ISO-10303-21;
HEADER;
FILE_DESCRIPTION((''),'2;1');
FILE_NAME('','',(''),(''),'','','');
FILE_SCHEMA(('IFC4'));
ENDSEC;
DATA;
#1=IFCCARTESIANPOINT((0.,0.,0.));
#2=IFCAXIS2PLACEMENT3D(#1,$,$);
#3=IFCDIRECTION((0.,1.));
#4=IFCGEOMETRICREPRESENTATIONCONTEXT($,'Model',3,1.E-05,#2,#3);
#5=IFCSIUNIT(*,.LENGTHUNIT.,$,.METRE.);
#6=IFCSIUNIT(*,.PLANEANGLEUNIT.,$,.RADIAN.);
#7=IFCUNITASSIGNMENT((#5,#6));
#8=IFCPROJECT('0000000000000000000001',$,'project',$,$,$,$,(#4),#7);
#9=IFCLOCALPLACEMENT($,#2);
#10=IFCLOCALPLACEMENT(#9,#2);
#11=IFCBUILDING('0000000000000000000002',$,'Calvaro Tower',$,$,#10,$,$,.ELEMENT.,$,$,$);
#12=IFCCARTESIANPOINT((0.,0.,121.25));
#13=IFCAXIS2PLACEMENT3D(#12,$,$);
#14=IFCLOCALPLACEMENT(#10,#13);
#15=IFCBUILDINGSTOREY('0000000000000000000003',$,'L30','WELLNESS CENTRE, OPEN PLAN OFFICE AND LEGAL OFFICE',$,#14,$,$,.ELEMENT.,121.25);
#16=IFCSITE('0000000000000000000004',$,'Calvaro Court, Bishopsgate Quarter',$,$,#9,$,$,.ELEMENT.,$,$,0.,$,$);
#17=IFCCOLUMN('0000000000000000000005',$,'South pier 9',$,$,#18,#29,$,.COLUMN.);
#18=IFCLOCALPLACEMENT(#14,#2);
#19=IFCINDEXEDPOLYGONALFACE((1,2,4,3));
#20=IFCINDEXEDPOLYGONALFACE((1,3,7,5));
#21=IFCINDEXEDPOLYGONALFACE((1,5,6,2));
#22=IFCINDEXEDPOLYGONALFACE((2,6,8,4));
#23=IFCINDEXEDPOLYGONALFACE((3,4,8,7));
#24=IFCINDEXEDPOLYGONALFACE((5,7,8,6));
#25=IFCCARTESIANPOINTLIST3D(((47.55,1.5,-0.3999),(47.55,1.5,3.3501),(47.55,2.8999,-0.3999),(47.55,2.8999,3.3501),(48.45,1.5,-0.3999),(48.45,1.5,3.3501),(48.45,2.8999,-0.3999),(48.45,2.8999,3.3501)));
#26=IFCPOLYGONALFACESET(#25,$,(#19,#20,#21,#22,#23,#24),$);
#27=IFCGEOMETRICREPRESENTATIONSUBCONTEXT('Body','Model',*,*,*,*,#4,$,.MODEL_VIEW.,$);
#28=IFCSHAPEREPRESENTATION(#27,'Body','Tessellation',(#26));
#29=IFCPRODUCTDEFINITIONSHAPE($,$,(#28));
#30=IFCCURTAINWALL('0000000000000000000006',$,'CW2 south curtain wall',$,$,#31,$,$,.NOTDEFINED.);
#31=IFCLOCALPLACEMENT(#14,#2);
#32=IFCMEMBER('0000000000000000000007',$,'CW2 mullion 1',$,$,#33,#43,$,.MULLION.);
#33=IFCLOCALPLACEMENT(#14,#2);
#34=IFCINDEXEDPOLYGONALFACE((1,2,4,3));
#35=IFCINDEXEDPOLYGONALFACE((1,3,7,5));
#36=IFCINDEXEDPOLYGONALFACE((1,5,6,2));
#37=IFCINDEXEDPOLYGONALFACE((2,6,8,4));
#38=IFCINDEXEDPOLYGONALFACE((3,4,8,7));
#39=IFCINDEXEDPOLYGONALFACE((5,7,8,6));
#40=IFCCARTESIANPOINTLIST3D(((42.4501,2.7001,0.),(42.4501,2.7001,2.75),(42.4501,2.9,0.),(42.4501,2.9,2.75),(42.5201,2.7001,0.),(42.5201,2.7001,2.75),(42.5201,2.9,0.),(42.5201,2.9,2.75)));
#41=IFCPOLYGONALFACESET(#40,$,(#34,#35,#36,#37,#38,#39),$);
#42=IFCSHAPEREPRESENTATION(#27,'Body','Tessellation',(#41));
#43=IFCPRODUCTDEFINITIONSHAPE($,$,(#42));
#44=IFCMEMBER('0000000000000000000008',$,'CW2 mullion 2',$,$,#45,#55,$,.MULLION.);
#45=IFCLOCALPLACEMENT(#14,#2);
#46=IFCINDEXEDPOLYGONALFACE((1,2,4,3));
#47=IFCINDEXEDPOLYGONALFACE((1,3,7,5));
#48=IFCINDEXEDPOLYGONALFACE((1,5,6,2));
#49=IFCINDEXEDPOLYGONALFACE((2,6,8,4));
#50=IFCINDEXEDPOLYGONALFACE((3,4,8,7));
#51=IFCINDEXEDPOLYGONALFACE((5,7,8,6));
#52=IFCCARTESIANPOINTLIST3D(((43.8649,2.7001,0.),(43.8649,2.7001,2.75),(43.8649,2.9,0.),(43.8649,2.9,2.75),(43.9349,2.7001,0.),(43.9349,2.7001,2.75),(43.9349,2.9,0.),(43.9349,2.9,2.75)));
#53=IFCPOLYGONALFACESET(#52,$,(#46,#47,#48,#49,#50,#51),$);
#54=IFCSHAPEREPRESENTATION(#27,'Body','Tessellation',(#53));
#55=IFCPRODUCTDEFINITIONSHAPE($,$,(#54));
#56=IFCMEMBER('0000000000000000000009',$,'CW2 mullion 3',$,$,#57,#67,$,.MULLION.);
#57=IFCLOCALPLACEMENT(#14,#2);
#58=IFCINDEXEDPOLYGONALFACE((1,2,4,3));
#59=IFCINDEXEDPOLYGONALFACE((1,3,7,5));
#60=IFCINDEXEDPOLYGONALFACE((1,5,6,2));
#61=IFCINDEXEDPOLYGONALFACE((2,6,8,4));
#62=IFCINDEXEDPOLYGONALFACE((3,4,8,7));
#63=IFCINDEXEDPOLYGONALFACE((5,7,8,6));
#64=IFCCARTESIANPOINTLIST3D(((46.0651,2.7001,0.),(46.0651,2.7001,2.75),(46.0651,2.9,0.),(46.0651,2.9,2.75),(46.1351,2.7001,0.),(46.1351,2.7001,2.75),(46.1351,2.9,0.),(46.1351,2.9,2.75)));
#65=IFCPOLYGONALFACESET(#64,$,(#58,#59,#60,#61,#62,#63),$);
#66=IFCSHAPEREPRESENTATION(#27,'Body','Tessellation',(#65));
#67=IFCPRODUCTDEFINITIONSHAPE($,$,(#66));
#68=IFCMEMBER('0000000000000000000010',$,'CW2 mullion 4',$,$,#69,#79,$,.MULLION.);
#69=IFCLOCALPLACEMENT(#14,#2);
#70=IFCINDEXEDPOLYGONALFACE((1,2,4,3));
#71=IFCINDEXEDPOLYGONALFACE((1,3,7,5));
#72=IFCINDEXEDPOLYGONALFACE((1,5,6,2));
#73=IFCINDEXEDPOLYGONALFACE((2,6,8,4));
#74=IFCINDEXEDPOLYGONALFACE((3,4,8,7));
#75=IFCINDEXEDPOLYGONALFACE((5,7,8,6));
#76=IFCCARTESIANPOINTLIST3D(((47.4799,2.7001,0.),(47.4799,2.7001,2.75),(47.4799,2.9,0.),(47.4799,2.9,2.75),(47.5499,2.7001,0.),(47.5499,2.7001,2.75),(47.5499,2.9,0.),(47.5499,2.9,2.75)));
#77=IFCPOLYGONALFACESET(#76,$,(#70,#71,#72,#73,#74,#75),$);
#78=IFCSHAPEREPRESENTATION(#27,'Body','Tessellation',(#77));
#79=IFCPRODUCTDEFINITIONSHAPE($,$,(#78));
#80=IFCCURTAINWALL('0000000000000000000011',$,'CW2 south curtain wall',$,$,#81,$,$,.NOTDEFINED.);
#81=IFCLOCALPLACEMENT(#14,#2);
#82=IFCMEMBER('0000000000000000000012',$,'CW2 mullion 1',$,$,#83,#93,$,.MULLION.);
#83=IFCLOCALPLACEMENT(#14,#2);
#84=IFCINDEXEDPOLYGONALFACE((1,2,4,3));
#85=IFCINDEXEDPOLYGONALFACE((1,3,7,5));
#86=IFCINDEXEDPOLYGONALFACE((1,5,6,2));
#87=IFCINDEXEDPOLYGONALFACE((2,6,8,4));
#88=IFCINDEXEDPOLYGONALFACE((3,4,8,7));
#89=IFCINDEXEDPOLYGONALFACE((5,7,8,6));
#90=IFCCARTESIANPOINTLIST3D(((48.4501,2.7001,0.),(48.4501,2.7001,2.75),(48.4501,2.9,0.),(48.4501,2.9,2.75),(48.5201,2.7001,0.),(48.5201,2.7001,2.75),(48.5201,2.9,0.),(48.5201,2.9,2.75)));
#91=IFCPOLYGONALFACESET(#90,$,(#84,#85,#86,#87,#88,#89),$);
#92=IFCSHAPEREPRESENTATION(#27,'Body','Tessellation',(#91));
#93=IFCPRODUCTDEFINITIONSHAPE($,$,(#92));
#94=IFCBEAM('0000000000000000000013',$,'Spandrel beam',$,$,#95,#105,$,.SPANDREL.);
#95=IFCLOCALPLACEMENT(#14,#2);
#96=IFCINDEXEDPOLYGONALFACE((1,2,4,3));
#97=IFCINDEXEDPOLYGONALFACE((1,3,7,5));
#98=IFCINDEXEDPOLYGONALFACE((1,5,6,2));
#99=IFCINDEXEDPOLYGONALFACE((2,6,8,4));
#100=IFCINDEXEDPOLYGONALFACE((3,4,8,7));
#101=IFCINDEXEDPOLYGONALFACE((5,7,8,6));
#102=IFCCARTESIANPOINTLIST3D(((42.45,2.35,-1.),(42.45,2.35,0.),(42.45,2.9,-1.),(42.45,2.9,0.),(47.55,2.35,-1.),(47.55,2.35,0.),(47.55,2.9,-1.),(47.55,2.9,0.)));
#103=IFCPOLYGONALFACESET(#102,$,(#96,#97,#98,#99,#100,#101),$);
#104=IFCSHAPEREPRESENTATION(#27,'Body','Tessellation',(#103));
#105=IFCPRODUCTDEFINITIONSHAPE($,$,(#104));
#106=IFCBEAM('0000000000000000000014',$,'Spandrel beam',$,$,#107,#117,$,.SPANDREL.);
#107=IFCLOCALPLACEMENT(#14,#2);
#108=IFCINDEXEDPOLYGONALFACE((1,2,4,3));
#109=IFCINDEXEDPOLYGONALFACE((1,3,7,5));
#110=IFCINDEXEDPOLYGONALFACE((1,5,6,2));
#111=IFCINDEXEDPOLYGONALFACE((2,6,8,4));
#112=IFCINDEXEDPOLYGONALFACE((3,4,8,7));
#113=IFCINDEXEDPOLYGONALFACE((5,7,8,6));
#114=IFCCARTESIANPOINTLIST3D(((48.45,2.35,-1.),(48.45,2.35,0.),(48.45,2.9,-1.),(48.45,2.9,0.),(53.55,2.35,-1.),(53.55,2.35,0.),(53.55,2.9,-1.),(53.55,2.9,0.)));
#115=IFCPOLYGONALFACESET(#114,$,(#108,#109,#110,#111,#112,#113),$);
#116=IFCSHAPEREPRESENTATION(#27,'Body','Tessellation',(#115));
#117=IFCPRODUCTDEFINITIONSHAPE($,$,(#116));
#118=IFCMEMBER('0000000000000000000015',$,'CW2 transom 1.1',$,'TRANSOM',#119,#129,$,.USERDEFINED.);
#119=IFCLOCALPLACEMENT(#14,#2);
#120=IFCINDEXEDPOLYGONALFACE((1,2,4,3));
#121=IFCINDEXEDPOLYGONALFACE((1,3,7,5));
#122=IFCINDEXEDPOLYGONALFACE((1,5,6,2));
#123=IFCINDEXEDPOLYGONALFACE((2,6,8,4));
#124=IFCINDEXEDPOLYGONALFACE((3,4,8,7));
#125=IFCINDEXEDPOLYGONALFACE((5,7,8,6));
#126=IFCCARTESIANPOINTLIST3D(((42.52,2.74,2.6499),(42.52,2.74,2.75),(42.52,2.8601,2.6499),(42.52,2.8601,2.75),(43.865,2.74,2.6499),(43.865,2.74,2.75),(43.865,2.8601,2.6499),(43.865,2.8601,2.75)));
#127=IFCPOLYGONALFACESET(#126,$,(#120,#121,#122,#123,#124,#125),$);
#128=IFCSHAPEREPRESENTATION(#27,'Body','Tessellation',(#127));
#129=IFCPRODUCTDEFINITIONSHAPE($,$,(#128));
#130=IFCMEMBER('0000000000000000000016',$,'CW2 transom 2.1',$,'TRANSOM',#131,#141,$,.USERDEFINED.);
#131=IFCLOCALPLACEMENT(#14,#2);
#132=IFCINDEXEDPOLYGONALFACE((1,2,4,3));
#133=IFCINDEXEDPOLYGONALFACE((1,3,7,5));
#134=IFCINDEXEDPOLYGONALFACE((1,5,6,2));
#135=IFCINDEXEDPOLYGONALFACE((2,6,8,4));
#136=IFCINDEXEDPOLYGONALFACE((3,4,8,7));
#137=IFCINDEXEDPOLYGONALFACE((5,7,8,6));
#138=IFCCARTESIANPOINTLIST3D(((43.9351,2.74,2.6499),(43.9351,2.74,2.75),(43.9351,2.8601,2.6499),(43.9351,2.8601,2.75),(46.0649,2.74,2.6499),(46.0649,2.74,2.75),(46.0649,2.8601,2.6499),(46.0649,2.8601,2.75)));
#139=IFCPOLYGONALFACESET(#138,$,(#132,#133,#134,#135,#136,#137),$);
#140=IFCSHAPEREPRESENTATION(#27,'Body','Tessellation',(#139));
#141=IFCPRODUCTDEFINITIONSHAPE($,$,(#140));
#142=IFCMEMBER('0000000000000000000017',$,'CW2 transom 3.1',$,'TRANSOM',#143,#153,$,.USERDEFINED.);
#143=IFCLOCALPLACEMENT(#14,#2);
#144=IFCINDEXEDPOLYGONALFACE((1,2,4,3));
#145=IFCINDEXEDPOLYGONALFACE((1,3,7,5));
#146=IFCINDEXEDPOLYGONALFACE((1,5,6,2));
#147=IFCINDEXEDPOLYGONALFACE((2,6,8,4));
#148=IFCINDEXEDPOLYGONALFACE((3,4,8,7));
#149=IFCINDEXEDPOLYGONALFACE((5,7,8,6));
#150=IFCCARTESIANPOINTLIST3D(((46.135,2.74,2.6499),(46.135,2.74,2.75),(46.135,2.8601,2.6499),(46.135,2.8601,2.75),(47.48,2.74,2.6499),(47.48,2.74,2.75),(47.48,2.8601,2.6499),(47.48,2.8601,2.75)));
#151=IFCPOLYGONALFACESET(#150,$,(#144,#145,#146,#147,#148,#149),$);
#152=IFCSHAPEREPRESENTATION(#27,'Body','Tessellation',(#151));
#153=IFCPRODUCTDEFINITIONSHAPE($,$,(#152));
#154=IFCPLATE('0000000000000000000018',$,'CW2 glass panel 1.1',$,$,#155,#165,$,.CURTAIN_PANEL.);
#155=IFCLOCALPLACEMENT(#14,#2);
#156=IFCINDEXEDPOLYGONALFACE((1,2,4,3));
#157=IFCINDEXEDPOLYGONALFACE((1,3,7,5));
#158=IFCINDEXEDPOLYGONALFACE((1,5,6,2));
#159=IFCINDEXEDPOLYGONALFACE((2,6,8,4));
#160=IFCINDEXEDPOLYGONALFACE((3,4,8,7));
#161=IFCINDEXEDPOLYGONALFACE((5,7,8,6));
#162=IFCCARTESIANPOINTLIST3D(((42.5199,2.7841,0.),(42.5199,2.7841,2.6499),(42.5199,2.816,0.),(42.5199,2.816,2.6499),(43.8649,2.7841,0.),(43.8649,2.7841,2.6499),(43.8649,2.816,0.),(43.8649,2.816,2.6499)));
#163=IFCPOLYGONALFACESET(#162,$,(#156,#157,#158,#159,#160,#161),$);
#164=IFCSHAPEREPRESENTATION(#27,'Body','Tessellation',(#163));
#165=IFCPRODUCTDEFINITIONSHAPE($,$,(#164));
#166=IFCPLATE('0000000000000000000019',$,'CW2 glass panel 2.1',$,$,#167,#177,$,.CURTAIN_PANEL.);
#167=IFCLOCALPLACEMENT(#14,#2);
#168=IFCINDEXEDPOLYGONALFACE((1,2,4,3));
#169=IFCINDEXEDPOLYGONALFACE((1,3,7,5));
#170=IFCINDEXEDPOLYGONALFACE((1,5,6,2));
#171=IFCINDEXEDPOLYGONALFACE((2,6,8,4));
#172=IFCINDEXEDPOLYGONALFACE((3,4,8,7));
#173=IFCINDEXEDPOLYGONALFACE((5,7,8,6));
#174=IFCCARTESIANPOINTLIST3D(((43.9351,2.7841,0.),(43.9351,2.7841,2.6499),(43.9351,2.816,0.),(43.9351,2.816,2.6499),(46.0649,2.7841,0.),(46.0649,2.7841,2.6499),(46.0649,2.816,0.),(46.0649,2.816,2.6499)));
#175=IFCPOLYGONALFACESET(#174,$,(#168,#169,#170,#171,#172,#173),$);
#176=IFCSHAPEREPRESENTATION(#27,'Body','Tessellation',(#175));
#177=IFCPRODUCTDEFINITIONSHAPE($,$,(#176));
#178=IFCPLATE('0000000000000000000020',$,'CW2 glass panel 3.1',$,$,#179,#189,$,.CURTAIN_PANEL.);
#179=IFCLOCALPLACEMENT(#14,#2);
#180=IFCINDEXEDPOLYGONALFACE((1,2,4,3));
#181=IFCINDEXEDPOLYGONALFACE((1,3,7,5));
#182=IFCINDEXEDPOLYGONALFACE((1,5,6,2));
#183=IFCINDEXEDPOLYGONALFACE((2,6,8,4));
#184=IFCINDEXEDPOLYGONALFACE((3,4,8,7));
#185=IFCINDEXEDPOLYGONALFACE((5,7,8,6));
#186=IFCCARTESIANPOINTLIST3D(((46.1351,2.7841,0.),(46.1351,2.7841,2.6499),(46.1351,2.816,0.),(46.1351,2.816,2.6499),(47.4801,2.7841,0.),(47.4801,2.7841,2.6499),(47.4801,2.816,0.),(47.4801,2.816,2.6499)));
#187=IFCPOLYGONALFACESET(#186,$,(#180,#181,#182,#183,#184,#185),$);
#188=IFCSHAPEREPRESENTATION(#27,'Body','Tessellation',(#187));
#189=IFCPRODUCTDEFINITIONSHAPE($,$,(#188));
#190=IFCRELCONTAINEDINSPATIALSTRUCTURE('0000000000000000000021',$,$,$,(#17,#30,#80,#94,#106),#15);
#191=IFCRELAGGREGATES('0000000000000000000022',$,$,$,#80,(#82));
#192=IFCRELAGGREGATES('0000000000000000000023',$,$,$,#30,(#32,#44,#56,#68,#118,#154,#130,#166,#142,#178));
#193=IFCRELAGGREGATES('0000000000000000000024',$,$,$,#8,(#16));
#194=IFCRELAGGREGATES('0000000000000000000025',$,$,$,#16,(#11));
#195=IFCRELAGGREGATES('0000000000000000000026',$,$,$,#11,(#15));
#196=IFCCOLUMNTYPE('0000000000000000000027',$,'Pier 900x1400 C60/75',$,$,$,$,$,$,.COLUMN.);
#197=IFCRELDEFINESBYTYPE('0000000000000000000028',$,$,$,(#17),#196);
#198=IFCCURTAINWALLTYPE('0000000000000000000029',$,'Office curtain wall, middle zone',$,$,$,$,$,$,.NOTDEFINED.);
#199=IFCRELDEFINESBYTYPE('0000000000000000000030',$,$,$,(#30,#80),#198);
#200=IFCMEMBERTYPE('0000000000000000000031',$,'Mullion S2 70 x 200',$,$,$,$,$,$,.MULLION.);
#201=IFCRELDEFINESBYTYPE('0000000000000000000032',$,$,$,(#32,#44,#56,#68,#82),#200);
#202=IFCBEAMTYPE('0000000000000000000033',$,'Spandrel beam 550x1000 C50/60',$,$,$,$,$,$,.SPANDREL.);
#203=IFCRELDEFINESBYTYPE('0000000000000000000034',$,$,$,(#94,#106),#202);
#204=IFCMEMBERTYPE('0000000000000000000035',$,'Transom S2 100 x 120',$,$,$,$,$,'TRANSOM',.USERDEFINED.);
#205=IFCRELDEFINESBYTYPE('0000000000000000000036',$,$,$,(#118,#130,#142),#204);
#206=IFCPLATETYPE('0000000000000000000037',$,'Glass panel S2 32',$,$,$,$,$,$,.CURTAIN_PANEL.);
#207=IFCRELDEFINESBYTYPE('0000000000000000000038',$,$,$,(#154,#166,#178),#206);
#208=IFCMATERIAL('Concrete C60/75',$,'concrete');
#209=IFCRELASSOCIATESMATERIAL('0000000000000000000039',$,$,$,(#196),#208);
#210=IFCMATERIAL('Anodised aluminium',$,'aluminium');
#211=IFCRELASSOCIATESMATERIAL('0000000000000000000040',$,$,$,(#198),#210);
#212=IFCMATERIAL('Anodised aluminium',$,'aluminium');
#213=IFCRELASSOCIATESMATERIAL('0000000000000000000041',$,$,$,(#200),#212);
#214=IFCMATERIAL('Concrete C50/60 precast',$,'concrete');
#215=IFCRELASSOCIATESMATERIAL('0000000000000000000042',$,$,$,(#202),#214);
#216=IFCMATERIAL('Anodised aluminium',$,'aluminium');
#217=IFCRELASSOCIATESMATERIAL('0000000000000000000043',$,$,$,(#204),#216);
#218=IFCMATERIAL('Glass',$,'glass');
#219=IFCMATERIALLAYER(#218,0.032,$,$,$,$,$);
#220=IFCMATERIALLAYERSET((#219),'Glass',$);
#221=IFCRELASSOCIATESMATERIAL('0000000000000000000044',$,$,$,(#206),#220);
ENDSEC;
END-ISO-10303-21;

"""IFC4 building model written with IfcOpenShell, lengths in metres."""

from ifc_helpers import new_model, si_unit, direction, frame, origin, origin_2d, place, context, subcontext, project, spatial, rectangle, extrude, material, layer, layer_set, material_profile, profile_set, type_object, element, aggregate, save


model = new_model("IFC4")

# Units and contexts
model_context = context("Model", 3, precision=1e-05, world=origin(), true_north=direction((0.0, 1.0)))
body_context = subcontext(model_context, "Body", "Model", "MODEL_VIEW")
ifc_project = project(units=[si_unit("LENGTHUNIT", "METRE"), si_unit("PLANEANGLEUNIT", "RADIAN")], contexts=[model_context])

# Site, building, storey
site_placement = place(None, origin())
site = spatial("IfcSite", under=ifc_project, at=site_placement, Name="Calvaro Court, Bishopsgate Quarter", CompositionType="ELEMENT", RefElevation=0.0)
building_placement = place(site_placement, origin())
building = spatial("IfcBuilding", under=site, at=building_placement, Name="Calvaro Tower", CompositionType="ELEMENT")
storey_placement = place(building_placement, frame((0.0, 0.0, 121.25)))
storey = spatial("IfcBuildingStorey", under=building, at=storey_placement, Name="L30", Description="WELLNESS CENTRE, OPEN PLAN OFFICE AND LEGAL OFFICE", CompositionType="ELEMENT", Elevation=121.25)

# Column
ifc_material_1 = material(Name="Concrete C60/75", Category="concrete")
ifc_material_profile_1 = material_profile(ifc_material_1, rectangle(XDim=0.8999, YDim=1.3999, at=origin_2d()), Name="RC 900x1400")
ifc_profile_set_1 = profile_set([ifc_material_profile_1], Name="Concrete C60/75")
column_type = type_object("IfcColumnType", Name="Pier 900x1400 C60/75", PredefinedType="COLUMN", material=ifc_profile_set_1)
column_placement = place(storey_placement, frame((48.0, 2.2, -0.3999), z_axis=(0.0, 0.0, 1.0), x_axis=(1.0, 0.0, 0.0)))
element("IfcColumn", 1, at=column_placement, inside=storey, type_object=column_type, Name="South pier 9", PredefinedType="COLUMN", context=body_context, shape_type="SweptSolid", body=[
    extrude(rectangle(XDim=0.8999, YDim=1.3999, at=origin_2d()), origin(), (0.0, 0.0, 1.0), 3.75),
])

# Curtain wall, members
ifc_material_2 = material(Name="Anodised aluminium", Category="aluminium")
curtain_wall_type = type_object("IfcCurtainWallType", Name="Office curtain wall, middle zone", PredefinedType="NOTDEFINED", material=ifc_material_2)
curtain_wall_1_placement = place(storey_placement, origin())
curtain_wall_1 = element("IfcCurtainWall", 2, at=curtain_wall_1_placement, inside=storey, type_object=curtain_wall_type, Name="CW2 south curtain wall", PredefinedType="NOTDEFINED")
ifc_material_3 = material(Name="Anodised aluminium", Category="aluminium")
ifc_material_profile_2 = material_profile(ifc_material_3, rectangle(XDim=0.2, YDim=0.0701, at=origin_2d()), Name="Mullion S2 70 x 200")
ifc_profile_set_2 = profile_set([ifc_material_profile_2], Name="Anodised aluminium")
member_type_1 = type_object("IfcMemberType", Name="Mullion S2 70 x 200", PredefinedType="MULLION", material=ifc_profile_set_2)
member_1_placement = place(storey_placement, frame((42.4851, 2.8, 0.0), z_axis=(0.0, 0.0, 1.0), x_axis=(0.0, 1.0, 0.0)))
member_1 = element("IfcMember", 3, at=member_1_placement, type_object=member_type_1, Name="CW2 mullion 1", PredefinedType="MULLION", context=body_context, shape_type="SweptSolid", body=[
    extrude(rectangle(XDim=0.2, YDim=0.0701, at=origin_2d()), origin(), (0.0, 0.0, 1.0), 2.75),
])
member_2_placement = place(storey_placement, frame((43.8999, 2.8, 0.0), z_axis=(0.0, 0.0, 1.0), x_axis=(0.0, 1.0, 0.0)))
member_2 = element("IfcMember", 4, at=member_2_placement, type_object=member_type_1, Name="CW2 mullion 2", PredefinedType="MULLION", context=body_context, shape_type="SweptSolid", body=[
    extrude(rectangle(XDim=0.2, YDim=0.0701, at=origin_2d()), origin(), (0.0, 0.0, 1.0), 2.75),
])
member_3_placement = place(storey_placement, frame((46.1001, 2.8, 0.0), z_axis=(0.0, 0.0, 1.0), x_axis=(0.0, 1.0, 0.0)))
member_3 = element("IfcMember", 5, at=member_3_placement, type_object=member_type_1, Name="CW2 mullion 3", PredefinedType="MULLION", context=body_context, shape_type="SweptSolid", body=[
    extrude(rectangle(XDim=0.2, YDim=0.0701, at=origin_2d()), origin(), (0.0, 0.0, 1.0), 2.75),
])
member_4_placement = place(storey_placement, frame((47.5149, 2.8, 0.0), z_axis=(0.0, 0.0, 1.0), x_axis=(0.0, 1.0, 0.0)))
member_4 = element("IfcMember", 6, at=member_4_placement, type_object=member_type_1, Name="CW2 mullion 4", PredefinedType="MULLION", context=body_context, shape_type="SweptSolid", body=[
    extrude(rectangle(XDim=0.2, YDim=0.0701, at=origin_2d()), origin(), (0.0, 0.0, 1.0), 2.75),
])

# Curtain wall, member
curtain_wall_2_placement = place(storey_placement, origin())
curtain_wall_2 = element("IfcCurtainWall", 7, at=curtain_wall_2_placement, inside=storey, type_object=curtain_wall_type, Name="CW2 south curtain wall", PredefinedType="NOTDEFINED")
member_5_placement = place(storey_placement, frame((48.4851, 2.8, 0.0), z_axis=(0.0, 0.0, 1.0), x_axis=(0.0, 1.0, 0.0)))
member_5 = element("IfcMember", 8, at=member_5_placement, type_object=member_type_1, Name="CW2 mullion 1", PredefinedType="MULLION", context=body_context, shape_type="SweptSolid", body=[
    extrude(rectangle(XDim=0.2, YDim=0.0701, at=origin_2d()), origin(), (0.0, 0.0, 1.0), 2.75),
])
aggregate(curtain_wall_2, [member_5])

# Beams
ifc_material_4 = material(Name="Concrete C50/60 precast", Category="concrete")
ifc_material_profile_3 = material_profile(ifc_material_4, rectangle(XDim=0.55, YDim=1.0, at=origin_2d()), Name="RC 550x1000")
ifc_profile_set_3 = profile_set([ifc_material_profile_3], Name="Concrete C50/60 precast")
beam_type = type_object("IfcBeamType", Name="Spandrel beam 550x1000 C50/60", PredefinedType="SPANDREL", material=ifc_profile_set_3)
for number, where, z_axis, x_axis, name in (
    (9, (42.45, 2.625, -0.5), (1.0, 0.0, 0.0), (0.0, 1.0, 0.0), "Spandrel beam"),
    (10, (48.45, 2.625, -0.5), (1.0, 0.0, 0.0), (0.0, 1.0, 0.0), "Spandrel beam"),
):
    element("IfcBeam", number, at=place(storey_placement, frame(where, z_axis=z_axis, x_axis=x_axis)), inside=storey, type_object=beam_type, Name=name, PredefinedType="SPANDREL", context=body_context, shape_type="SweptSolid", body=[
        extrude(rectangle(XDim=0.55, YDim=1.0, at=origin_2d()), origin(), (0.0, 0.0, 1.0), 5.1001),
    ])

# Members
ifc_material_5 = material(Name="Anodised aluminium", Category="aluminium")
ifc_material_profile_4 = material_profile(ifc_material_5, rectangle(XDim=0.1201, YDim=0.1001, at=origin_2d()), Name="Transom S2 100 x 120")
ifc_profile_set_4 = profile_set([ifc_material_profile_4], Name="Anodised aluminium")
member_type_2 = type_object("IfcMemberType", Name="Transom S2 100 x 120", ElementType="TRANSOM", PredefinedType="USERDEFINED", material=ifc_profile_set_4)
member_6_placement = place(storey_placement, frame((42.52, 2.8, 2.7), z_axis=(1.0, 0.0, 0.0), x_axis=(0.0, 1.0, 0.0)))
member_6 = element("IfcMember", 11, at=member_6_placement, type_object=member_type_2, Name="CW2 transom 1.1", ObjectType="TRANSOM", PredefinedType="USERDEFINED", context=body_context, shape_type="SweptSolid", body=[
    extrude(rectangle(XDim=0.1201, YDim=0.1001, at=origin_2d()), origin(), (0.0, 0.0, 1.0), 1.345),
])
member_7_placement = place(storey_placement, frame((43.9351, 2.8, 2.7), z_axis=(1.0, 0.0, 0.0), x_axis=(0.0, 1.0, 0.0)))
member_7 = element("IfcMember", 12, at=member_7_placement, type_object=member_type_2, Name="CW2 transom 2.1", ObjectType="TRANSOM", PredefinedType="USERDEFINED", context=body_context, shape_type="SweptSolid", body=[
    extrude(rectangle(XDim=0.1201, YDim=0.1001, at=origin_2d()), origin(), (0.0, 0.0, 1.0), 2.1299),
])
member_8_placement = place(storey_placement, frame((46.135, 2.8, 2.7), z_axis=(1.0, 0.0, 0.0), x_axis=(0.0, 1.0, 0.0)))
member_8 = element("IfcMember", 13, at=member_8_placement, type_object=member_type_2, Name="CW2 transom 3.1", ObjectType="TRANSOM", PredefinedType="USERDEFINED", context=body_context, shape_type="SweptSolid", body=[
    extrude(rectangle(XDim=0.1201, YDim=0.1001, at=origin_2d()), origin(), (0.0, 0.0, 1.0), 1.345),
])

# Plates
ifc_material_6 = material(Name="Glass", Category="glass")
ifc_layer_1 = layer(ifc_material_6, 0.032)
ifc_layer_set_1 = layer_set([ifc_layer_1], Name="Glass")
plate_type = type_object("IfcPlateType", Name="Glass panel S2 32", PredefinedType="CURTAIN_PANEL", material=ifc_layer_set_1)
plate_1_placement = place(storey_placement, frame((43.1924, 2.8, 0.0), z_axis=(0.0, 0.0, 1.0), x_axis=(1.0, 0.0, 0.0)))
plate_1 = element("IfcPlate", 14, at=plate_1_placement, type_object=plate_type, Name="CW2 glass panel 1.1", PredefinedType="CURTAIN_PANEL", context=body_context, shape_type="SweptSolid", body=[
    extrude(rectangle(XDim=1.345, YDim=0.032, at=origin_2d()), origin(), (0.0, 0.0, 1.0), 2.6499),
])
plate_2_placement = place(storey_placement, frame((45.0, 2.8, 0.0), z_axis=(0.0, 0.0, 1.0), x_axis=(1.0, 0.0, 0.0)))
plate_2 = element("IfcPlate", 15, at=plate_2_placement, type_object=plate_type, Name="CW2 glass panel 2.1", PredefinedType="CURTAIN_PANEL", context=body_context, shape_type="SweptSolid", body=[
    extrude(rectangle(XDim=2.1299, YDim=0.032, at=origin_2d()), origin(), (0.0, 0.0, 1.0), 2.6499),
])
plate_3_placement = place(storey_placement, frame((46.8076, 2.8, 0.0), z_axis=(0.0, 0.0, 1.0), x_axis=(1.0, 0.0, 0.0)))
plate_3 = element("IfcPlate", 16, at=plate_3_placement, type_object=plate_type, Name="CW2 glass panel 3.1", PredefinedType="CURTAIN_PANEL", context=body_context, shape_type="SweptSolid", body=[
    extrude(rectangle(XDim=1.345, YDim=0.032, at=origin_2d()), origin(), (0.0, 0.0, 1.0), 2.6499),
])
aggregate(curtain_wall_1, [member_1, member_2, member_3, member_4, member_6, plate_1, member_7, plate_2, member_8, plate_3])

save(model, "model.ifc")
